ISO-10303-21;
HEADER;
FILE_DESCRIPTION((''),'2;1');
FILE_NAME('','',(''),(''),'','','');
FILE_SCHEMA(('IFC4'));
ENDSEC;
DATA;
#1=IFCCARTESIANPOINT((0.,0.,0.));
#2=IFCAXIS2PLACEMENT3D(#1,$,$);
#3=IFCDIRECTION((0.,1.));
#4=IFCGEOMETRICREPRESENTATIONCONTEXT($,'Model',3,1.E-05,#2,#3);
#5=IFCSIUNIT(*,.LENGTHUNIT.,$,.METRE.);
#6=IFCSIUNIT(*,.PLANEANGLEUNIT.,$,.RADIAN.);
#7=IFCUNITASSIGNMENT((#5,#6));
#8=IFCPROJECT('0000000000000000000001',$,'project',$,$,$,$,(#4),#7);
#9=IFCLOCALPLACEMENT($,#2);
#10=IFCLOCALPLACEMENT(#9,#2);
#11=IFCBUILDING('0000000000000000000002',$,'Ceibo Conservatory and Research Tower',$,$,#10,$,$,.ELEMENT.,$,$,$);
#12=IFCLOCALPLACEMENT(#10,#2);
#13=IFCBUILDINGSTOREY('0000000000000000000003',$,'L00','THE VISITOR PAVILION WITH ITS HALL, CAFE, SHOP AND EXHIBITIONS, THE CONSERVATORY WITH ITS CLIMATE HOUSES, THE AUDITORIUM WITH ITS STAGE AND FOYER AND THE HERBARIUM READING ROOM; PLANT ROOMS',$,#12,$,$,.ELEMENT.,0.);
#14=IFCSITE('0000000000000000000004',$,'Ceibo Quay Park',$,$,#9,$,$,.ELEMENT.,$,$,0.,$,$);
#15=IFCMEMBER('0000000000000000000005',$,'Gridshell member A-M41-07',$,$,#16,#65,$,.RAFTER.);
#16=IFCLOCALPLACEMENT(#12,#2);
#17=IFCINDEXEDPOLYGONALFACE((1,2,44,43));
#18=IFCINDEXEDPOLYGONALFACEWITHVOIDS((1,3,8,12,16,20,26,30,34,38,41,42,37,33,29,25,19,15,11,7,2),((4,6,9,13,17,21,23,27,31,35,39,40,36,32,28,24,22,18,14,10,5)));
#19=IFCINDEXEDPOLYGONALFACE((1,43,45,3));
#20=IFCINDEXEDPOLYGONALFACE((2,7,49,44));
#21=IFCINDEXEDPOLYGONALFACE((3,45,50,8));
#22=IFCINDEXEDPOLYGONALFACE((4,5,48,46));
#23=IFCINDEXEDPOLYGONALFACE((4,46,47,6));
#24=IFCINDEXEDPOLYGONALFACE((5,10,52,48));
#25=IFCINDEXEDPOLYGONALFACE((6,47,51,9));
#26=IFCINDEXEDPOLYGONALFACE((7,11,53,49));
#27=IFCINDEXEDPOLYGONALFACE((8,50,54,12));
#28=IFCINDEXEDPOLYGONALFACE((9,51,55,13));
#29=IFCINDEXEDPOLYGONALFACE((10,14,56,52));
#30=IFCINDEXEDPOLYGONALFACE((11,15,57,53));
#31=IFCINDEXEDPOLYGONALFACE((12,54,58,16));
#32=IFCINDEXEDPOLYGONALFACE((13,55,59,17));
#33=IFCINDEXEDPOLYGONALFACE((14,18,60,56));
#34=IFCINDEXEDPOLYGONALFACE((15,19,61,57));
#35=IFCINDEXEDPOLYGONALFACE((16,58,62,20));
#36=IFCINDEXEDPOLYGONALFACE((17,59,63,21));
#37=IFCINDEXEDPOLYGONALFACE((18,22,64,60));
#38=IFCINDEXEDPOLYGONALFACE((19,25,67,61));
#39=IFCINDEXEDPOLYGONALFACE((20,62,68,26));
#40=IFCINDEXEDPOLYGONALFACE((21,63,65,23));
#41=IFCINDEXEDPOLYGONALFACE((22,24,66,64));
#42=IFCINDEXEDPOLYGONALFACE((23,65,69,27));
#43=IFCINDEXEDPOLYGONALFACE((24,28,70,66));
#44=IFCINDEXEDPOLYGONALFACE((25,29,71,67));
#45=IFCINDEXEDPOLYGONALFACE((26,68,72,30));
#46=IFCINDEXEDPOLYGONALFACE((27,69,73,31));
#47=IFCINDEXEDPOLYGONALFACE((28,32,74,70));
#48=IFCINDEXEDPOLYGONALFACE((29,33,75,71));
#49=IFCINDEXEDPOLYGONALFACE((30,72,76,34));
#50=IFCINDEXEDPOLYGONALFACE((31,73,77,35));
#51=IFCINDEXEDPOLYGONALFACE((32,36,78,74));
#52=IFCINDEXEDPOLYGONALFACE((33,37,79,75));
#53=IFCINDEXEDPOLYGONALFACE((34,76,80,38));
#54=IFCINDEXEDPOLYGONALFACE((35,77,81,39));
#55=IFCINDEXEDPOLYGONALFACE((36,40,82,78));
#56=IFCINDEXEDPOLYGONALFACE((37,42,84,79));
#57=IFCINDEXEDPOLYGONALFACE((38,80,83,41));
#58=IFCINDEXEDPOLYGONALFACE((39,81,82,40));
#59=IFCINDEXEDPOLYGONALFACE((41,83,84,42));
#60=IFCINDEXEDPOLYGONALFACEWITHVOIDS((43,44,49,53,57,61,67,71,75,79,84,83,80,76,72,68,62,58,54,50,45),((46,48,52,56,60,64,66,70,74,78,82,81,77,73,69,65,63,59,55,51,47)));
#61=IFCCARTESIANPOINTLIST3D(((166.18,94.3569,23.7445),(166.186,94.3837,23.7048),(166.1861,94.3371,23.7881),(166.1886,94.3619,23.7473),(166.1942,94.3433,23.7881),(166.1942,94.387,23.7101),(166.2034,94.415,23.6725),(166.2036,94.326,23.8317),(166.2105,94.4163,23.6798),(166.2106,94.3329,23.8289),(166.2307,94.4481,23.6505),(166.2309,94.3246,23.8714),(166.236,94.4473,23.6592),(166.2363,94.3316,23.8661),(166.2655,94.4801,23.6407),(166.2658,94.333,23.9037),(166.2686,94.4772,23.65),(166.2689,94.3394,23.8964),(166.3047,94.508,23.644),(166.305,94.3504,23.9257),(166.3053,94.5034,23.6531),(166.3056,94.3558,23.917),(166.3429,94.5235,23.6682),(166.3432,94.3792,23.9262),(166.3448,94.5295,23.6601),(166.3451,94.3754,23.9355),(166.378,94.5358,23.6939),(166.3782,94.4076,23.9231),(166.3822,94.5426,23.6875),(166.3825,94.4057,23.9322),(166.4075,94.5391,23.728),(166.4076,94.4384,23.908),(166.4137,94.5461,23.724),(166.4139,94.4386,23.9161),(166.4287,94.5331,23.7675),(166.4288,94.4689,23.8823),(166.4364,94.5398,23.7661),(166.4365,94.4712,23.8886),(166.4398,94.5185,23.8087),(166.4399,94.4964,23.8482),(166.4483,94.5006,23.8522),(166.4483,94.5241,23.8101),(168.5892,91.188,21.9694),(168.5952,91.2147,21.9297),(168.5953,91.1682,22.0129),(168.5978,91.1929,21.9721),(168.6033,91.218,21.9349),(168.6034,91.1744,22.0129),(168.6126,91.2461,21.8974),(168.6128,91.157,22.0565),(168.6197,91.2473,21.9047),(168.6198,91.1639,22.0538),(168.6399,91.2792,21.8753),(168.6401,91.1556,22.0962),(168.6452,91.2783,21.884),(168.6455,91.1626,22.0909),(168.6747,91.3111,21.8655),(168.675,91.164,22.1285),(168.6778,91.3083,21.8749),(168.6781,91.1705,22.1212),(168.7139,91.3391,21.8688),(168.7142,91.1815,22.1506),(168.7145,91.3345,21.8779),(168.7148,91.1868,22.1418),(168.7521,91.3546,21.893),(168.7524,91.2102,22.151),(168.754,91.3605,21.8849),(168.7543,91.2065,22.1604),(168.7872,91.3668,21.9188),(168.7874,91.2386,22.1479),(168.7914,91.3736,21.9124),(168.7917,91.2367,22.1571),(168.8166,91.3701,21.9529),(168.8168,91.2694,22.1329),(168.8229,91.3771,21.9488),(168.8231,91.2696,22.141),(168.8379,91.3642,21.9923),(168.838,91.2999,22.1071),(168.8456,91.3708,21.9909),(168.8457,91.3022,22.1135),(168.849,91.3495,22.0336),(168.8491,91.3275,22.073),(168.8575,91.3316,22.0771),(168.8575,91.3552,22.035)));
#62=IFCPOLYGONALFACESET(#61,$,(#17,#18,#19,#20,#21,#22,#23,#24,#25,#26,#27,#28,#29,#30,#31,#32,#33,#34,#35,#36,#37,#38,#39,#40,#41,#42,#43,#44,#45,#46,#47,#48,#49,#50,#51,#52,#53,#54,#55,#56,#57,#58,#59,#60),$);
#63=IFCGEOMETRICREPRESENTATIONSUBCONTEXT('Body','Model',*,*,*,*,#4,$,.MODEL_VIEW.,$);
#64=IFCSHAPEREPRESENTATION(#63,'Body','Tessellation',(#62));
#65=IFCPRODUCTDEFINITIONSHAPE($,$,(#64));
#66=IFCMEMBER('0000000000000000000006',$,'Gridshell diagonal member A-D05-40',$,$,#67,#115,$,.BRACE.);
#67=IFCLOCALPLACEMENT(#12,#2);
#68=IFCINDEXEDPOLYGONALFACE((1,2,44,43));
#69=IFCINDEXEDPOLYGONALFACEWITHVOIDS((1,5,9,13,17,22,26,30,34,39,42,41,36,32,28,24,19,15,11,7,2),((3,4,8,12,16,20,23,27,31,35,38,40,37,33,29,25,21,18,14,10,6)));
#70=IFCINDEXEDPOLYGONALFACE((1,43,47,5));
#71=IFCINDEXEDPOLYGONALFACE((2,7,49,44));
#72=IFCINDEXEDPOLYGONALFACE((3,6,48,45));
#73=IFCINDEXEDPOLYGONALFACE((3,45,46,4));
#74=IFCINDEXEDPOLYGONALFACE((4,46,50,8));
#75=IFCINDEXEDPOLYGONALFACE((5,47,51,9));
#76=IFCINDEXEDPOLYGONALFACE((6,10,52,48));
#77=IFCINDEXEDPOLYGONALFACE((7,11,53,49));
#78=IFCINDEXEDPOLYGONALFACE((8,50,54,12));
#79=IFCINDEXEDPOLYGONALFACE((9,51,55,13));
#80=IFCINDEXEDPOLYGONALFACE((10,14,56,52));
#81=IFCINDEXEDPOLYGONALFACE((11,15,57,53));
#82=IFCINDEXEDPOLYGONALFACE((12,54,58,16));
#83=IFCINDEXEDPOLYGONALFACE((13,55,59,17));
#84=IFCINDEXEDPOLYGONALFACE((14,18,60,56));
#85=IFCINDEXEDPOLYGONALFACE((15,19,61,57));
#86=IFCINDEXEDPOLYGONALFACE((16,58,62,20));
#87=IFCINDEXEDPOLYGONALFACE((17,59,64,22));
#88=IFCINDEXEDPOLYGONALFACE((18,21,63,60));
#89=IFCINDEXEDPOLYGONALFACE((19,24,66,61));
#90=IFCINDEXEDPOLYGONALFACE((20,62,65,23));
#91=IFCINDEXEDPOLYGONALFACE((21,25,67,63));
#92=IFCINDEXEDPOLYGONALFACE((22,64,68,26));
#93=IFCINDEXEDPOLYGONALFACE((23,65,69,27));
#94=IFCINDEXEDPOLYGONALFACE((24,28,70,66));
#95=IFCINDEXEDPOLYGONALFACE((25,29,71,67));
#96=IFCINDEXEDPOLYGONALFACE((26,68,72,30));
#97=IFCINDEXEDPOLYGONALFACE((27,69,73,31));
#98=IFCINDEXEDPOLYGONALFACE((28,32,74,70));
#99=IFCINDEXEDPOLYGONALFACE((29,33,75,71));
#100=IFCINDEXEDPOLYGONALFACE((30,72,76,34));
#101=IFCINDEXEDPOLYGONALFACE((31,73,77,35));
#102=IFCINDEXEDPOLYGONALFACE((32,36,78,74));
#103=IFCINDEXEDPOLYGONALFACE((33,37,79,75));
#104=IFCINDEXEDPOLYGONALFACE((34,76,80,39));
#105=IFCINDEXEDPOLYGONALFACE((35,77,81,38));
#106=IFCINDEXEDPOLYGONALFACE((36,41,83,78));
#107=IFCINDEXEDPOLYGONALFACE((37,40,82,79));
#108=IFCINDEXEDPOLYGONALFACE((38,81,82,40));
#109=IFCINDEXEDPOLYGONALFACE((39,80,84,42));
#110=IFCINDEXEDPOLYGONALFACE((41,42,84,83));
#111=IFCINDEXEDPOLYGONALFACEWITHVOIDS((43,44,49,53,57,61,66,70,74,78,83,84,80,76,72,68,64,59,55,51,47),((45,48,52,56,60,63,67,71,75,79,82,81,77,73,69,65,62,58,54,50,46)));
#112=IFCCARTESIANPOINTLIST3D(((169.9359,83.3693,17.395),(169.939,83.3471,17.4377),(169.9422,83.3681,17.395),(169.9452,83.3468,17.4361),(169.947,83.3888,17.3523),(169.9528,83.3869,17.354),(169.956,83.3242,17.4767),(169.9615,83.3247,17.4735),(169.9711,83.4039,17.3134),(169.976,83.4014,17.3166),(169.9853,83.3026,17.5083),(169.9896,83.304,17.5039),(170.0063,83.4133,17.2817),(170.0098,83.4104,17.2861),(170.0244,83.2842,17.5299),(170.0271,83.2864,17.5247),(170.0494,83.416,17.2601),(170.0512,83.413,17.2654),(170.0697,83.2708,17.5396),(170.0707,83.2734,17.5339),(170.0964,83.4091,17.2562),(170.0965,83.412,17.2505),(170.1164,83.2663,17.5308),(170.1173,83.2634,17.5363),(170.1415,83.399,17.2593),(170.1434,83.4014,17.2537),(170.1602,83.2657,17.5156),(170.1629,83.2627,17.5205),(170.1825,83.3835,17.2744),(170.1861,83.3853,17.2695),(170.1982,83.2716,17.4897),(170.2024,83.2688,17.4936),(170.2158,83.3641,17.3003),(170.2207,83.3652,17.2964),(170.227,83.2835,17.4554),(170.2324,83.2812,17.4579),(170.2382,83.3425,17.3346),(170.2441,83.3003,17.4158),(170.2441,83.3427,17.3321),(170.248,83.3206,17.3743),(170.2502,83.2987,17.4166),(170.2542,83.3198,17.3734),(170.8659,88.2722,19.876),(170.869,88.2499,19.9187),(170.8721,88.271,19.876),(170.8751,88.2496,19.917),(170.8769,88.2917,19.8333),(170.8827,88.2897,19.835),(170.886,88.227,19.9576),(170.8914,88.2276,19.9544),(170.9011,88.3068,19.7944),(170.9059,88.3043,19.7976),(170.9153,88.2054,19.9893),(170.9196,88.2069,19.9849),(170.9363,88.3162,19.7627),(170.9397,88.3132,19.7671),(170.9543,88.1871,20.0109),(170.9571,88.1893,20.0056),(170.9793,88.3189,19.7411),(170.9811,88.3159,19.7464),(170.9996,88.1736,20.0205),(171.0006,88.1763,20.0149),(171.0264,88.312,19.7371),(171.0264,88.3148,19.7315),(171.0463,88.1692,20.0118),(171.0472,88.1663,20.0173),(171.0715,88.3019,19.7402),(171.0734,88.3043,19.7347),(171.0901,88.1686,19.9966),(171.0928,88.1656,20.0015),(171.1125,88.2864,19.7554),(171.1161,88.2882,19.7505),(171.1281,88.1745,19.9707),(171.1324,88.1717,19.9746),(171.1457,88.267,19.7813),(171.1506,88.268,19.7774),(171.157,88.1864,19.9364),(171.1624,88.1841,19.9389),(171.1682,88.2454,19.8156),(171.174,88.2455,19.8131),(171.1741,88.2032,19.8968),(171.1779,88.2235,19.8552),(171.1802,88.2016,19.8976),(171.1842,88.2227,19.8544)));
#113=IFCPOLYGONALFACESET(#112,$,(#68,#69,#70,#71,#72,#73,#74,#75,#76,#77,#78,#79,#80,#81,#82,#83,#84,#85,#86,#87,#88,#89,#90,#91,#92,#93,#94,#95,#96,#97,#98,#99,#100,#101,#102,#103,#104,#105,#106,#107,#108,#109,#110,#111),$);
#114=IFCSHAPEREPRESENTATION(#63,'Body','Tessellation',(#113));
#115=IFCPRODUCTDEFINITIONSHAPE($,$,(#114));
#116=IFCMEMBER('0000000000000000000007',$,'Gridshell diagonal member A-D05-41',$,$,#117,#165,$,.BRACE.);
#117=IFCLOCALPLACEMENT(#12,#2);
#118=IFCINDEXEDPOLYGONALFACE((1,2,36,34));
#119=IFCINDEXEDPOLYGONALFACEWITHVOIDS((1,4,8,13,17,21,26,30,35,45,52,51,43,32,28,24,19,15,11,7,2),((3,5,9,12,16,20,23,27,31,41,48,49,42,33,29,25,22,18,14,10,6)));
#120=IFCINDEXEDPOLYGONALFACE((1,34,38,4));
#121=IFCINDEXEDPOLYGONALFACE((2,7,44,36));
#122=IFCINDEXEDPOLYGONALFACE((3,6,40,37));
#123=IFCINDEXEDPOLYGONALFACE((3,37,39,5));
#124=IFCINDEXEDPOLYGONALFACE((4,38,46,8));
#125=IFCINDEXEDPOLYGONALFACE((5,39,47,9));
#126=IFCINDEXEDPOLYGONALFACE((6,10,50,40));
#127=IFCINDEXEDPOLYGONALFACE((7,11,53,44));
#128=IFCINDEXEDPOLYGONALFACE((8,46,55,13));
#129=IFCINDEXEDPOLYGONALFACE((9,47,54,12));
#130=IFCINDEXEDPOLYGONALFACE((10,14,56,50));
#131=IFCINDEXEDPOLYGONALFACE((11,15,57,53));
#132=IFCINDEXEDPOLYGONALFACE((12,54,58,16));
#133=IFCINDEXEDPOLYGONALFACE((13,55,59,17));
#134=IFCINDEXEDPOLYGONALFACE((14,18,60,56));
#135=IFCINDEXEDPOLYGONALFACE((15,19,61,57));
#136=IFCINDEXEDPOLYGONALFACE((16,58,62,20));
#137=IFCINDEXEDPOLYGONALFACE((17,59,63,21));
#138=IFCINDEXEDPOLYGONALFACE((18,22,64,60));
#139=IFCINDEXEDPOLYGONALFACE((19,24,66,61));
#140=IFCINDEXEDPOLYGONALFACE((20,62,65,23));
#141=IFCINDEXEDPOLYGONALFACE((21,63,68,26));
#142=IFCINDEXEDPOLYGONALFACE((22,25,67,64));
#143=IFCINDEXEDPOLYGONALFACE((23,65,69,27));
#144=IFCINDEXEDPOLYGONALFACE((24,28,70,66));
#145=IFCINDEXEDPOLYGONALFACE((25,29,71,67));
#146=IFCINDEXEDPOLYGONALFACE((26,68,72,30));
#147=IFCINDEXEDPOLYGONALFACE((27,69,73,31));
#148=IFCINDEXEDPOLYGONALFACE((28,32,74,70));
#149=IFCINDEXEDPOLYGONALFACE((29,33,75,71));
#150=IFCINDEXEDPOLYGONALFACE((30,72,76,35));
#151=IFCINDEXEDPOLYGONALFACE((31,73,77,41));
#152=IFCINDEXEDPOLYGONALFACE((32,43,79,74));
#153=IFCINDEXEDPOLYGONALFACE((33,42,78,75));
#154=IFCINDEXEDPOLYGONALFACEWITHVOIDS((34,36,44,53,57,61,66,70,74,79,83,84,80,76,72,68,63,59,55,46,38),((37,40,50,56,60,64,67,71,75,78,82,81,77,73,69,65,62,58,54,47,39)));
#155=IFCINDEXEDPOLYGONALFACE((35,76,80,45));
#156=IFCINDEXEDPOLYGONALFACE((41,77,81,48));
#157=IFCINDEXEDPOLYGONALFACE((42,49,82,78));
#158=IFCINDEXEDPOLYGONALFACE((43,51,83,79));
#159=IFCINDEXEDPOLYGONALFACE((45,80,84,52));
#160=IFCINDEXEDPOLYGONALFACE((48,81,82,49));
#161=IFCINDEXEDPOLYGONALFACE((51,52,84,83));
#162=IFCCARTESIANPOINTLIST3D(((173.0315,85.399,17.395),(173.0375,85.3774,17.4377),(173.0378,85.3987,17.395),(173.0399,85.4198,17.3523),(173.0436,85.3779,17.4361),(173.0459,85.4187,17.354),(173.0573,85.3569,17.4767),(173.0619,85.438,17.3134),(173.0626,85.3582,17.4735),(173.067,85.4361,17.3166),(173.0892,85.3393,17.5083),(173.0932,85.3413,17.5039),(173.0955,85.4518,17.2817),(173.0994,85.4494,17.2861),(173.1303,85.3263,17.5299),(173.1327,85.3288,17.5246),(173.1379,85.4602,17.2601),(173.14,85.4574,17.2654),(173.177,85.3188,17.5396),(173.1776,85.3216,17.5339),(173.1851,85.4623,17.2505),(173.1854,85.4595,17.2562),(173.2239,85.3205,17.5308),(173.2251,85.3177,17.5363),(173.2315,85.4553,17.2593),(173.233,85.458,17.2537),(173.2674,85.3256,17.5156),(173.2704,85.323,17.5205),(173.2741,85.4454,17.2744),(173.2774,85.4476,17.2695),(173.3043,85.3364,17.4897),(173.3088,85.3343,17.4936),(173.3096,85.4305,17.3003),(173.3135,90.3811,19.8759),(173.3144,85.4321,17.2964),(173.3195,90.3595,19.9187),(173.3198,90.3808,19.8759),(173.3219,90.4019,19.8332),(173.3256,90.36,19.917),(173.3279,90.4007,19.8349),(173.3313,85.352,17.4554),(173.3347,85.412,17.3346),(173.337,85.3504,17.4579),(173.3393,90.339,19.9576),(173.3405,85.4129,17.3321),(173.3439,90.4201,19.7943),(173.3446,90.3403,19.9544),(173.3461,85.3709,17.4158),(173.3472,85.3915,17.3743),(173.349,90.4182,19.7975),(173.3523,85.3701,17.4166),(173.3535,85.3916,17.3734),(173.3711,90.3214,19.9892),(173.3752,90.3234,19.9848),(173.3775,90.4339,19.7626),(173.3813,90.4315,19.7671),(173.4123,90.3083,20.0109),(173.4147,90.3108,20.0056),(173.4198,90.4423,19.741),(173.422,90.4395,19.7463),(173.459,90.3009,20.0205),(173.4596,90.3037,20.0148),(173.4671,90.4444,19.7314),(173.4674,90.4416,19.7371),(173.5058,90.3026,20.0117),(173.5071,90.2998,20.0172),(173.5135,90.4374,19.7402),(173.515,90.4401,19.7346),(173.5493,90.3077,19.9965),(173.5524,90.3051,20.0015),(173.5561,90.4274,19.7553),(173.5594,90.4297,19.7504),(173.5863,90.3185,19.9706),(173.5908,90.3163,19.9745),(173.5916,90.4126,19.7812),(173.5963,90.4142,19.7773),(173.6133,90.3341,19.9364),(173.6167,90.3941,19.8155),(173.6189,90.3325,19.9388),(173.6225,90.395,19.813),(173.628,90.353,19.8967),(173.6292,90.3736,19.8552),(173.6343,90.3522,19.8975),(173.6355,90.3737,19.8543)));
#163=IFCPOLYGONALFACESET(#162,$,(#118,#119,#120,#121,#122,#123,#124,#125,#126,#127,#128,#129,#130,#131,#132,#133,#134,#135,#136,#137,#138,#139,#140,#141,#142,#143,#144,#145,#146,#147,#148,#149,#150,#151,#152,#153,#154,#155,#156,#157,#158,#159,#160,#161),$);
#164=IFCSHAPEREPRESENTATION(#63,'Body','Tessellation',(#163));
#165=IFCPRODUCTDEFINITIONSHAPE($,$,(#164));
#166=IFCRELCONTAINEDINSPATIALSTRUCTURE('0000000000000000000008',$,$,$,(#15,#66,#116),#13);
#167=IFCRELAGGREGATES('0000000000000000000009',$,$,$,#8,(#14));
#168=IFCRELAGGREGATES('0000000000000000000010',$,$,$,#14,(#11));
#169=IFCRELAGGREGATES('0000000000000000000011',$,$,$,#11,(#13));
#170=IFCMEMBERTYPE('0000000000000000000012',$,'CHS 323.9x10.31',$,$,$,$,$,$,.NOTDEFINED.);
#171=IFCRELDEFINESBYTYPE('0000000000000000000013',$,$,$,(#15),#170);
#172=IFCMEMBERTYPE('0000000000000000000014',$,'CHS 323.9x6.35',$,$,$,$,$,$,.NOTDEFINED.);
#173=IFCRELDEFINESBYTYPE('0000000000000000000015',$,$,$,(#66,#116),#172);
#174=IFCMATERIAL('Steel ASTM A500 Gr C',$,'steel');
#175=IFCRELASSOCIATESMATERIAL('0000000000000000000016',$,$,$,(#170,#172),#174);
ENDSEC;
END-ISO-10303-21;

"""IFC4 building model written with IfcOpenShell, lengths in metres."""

from ifc_helpers import new_model, si_unit, direction, frame, origin, origin_2d, place, context, subcontext, project, spatial, hollow_circle, extrude, material, material_profile, profile_set, type_object, element, save


model = new_model("IFC4")

# Units and contexts
model_context = context("Model", 3, precision=1e-05, world=origin(), true_north=direction((0.0, 1.0)))
body_context = subcontext(model_context, "Body", "Model", "MODEL_VIEW")
ifc_project = project(units=[si_unit("LENGTHUNIT", "METRE"), si_unit("PLANEANGLEUNIT", "RADIAN")], contexts=[model_context])

# Site, building, storey
site_placement = place(None, origin())
site = spatial("IfcSite", under=ifc_project, at=site_placement, Name="Ceibo Quay Park", CompositionType="ELEMENT", RefElevation=0.0)
building_placement = place(site_placement, origin())
building = spatial("IfcBuilding", under=site, at=building_placement, Name="Ceibo Conservatory and Research Tower", CompositionType="ELEMENT")
storey_placement = place(building_placement, origin())
storey = spatial("IfcBuildingStorey", under=building, at=storey_placement, Name="L00", Description="THE VISITOR PAVILION WITH ITS HALL, CAFE, SHOP AND EXHIBITIONS, THE CONSERVATORY WITH ITS CLIMATE HOUSES, THE AUDITORIUM WITH ITS STAGE AND FOYER AND THE HERBARIUM READING ROOM; PLANT ROOMS", CompositionType="ELEMENT", Elevation=0.0)

# Members
ifc_material_1 = material(Name="Steel ASTM A500 Gr C", Category="steel")
ifc_material_profile_1 = material_profile(ifc_material_1, hollow_circle(Radius=0.1619, WallThickness=0.0103, at=origin_2d()), Name="CHS 323.9x10.31")
ifc_profile_set_1 = profile_set([ifc_material_profile_1], Name="Steel ASTM A500 Gr C")
member_type_1 = type_object("IfcMemberType", Name="CHS 323.9x10.31", PredefinedType="NOTDEFINED", material=ifc_profile_set_1)
member_1_placement = place(storey_placement, frame((168.7241, 91.2661, 22.0129), z_axis=(-0.55274, 0.727054, 0.407273), x_axis=(-0.796068, -0.605208, 0.0)))
element("IfcMember", 1, at=member_1_placement, inside=storey, type_object=member_type_1, Name="Gridshell member A-M41-07", PredefinedType="RAFTER", context=body_context, shape_type="SweptSolid", body=[
    extrude(hollow_circle(Radius=0.1619, WallThickness=0.0103, at=origin_2d()), origin(), (0.0, 0.0, 1.0), 4.3586),
])
ifc_material_profile_2 = material_profile(ifc_material_1, hollow_circle(Radius=0.1619, WallThickness=0.0063, at=origin_2d()), Name="CHS 323.9x6.35")
ifc_profile_set_2 = profile_set([ifc_material_profile_2], Name="Steel ASTM A500 Gr C")
member_type_2 = type_object("IfcMemberType", Name="CHS 323.9x6.35", PredefinedType="NOTDEFINED", material=ifc_profile_set_2)
member_2_placement = place(storey_placement, frame((170.095, 83.3391, 17.395), z_axis=(0.166865, 0.879757, 0.445179), x_axis=(-0.982483, 0.18635, 0.0)))
element("IfcMember", 2, at=member_2_placement, inside=storey, type_object=member_type_2, Name="Gridshell diagonal member A-D05-40", PredefinedType="BRACE", context=body_context, shape_type="SweptSolid", body=[
    extrude(hollow_circle(Radius=0.1619, WallThickness=0.0063, at=origin_2d()), origin(), (0.0, 0.0, 1.0), 5.573),
])
member_3_placement = place(storey_placement, frame((173.1931, 85.3899, 17.395), z_axis=(0.050599, 0.894008, 0.445186), x_axis=(-0.998402, 0.056508, 0.0)))
element("IfcMember", 3, at=member_3_placement, inside=storey, type_object=member_type_2, Name="Gridshell diagonal member A-D05-41", PredefinedType="BRACE", context=body_context, shape_type="SweptSolid", body=[
    extrude(hollow_circle(Radius=0.1619, WallThickness=0.0063, at=origin_2d()), origin(), (0.0, 0.0, 1.0), 5.5728),
])

save(model, "model.ifc")
